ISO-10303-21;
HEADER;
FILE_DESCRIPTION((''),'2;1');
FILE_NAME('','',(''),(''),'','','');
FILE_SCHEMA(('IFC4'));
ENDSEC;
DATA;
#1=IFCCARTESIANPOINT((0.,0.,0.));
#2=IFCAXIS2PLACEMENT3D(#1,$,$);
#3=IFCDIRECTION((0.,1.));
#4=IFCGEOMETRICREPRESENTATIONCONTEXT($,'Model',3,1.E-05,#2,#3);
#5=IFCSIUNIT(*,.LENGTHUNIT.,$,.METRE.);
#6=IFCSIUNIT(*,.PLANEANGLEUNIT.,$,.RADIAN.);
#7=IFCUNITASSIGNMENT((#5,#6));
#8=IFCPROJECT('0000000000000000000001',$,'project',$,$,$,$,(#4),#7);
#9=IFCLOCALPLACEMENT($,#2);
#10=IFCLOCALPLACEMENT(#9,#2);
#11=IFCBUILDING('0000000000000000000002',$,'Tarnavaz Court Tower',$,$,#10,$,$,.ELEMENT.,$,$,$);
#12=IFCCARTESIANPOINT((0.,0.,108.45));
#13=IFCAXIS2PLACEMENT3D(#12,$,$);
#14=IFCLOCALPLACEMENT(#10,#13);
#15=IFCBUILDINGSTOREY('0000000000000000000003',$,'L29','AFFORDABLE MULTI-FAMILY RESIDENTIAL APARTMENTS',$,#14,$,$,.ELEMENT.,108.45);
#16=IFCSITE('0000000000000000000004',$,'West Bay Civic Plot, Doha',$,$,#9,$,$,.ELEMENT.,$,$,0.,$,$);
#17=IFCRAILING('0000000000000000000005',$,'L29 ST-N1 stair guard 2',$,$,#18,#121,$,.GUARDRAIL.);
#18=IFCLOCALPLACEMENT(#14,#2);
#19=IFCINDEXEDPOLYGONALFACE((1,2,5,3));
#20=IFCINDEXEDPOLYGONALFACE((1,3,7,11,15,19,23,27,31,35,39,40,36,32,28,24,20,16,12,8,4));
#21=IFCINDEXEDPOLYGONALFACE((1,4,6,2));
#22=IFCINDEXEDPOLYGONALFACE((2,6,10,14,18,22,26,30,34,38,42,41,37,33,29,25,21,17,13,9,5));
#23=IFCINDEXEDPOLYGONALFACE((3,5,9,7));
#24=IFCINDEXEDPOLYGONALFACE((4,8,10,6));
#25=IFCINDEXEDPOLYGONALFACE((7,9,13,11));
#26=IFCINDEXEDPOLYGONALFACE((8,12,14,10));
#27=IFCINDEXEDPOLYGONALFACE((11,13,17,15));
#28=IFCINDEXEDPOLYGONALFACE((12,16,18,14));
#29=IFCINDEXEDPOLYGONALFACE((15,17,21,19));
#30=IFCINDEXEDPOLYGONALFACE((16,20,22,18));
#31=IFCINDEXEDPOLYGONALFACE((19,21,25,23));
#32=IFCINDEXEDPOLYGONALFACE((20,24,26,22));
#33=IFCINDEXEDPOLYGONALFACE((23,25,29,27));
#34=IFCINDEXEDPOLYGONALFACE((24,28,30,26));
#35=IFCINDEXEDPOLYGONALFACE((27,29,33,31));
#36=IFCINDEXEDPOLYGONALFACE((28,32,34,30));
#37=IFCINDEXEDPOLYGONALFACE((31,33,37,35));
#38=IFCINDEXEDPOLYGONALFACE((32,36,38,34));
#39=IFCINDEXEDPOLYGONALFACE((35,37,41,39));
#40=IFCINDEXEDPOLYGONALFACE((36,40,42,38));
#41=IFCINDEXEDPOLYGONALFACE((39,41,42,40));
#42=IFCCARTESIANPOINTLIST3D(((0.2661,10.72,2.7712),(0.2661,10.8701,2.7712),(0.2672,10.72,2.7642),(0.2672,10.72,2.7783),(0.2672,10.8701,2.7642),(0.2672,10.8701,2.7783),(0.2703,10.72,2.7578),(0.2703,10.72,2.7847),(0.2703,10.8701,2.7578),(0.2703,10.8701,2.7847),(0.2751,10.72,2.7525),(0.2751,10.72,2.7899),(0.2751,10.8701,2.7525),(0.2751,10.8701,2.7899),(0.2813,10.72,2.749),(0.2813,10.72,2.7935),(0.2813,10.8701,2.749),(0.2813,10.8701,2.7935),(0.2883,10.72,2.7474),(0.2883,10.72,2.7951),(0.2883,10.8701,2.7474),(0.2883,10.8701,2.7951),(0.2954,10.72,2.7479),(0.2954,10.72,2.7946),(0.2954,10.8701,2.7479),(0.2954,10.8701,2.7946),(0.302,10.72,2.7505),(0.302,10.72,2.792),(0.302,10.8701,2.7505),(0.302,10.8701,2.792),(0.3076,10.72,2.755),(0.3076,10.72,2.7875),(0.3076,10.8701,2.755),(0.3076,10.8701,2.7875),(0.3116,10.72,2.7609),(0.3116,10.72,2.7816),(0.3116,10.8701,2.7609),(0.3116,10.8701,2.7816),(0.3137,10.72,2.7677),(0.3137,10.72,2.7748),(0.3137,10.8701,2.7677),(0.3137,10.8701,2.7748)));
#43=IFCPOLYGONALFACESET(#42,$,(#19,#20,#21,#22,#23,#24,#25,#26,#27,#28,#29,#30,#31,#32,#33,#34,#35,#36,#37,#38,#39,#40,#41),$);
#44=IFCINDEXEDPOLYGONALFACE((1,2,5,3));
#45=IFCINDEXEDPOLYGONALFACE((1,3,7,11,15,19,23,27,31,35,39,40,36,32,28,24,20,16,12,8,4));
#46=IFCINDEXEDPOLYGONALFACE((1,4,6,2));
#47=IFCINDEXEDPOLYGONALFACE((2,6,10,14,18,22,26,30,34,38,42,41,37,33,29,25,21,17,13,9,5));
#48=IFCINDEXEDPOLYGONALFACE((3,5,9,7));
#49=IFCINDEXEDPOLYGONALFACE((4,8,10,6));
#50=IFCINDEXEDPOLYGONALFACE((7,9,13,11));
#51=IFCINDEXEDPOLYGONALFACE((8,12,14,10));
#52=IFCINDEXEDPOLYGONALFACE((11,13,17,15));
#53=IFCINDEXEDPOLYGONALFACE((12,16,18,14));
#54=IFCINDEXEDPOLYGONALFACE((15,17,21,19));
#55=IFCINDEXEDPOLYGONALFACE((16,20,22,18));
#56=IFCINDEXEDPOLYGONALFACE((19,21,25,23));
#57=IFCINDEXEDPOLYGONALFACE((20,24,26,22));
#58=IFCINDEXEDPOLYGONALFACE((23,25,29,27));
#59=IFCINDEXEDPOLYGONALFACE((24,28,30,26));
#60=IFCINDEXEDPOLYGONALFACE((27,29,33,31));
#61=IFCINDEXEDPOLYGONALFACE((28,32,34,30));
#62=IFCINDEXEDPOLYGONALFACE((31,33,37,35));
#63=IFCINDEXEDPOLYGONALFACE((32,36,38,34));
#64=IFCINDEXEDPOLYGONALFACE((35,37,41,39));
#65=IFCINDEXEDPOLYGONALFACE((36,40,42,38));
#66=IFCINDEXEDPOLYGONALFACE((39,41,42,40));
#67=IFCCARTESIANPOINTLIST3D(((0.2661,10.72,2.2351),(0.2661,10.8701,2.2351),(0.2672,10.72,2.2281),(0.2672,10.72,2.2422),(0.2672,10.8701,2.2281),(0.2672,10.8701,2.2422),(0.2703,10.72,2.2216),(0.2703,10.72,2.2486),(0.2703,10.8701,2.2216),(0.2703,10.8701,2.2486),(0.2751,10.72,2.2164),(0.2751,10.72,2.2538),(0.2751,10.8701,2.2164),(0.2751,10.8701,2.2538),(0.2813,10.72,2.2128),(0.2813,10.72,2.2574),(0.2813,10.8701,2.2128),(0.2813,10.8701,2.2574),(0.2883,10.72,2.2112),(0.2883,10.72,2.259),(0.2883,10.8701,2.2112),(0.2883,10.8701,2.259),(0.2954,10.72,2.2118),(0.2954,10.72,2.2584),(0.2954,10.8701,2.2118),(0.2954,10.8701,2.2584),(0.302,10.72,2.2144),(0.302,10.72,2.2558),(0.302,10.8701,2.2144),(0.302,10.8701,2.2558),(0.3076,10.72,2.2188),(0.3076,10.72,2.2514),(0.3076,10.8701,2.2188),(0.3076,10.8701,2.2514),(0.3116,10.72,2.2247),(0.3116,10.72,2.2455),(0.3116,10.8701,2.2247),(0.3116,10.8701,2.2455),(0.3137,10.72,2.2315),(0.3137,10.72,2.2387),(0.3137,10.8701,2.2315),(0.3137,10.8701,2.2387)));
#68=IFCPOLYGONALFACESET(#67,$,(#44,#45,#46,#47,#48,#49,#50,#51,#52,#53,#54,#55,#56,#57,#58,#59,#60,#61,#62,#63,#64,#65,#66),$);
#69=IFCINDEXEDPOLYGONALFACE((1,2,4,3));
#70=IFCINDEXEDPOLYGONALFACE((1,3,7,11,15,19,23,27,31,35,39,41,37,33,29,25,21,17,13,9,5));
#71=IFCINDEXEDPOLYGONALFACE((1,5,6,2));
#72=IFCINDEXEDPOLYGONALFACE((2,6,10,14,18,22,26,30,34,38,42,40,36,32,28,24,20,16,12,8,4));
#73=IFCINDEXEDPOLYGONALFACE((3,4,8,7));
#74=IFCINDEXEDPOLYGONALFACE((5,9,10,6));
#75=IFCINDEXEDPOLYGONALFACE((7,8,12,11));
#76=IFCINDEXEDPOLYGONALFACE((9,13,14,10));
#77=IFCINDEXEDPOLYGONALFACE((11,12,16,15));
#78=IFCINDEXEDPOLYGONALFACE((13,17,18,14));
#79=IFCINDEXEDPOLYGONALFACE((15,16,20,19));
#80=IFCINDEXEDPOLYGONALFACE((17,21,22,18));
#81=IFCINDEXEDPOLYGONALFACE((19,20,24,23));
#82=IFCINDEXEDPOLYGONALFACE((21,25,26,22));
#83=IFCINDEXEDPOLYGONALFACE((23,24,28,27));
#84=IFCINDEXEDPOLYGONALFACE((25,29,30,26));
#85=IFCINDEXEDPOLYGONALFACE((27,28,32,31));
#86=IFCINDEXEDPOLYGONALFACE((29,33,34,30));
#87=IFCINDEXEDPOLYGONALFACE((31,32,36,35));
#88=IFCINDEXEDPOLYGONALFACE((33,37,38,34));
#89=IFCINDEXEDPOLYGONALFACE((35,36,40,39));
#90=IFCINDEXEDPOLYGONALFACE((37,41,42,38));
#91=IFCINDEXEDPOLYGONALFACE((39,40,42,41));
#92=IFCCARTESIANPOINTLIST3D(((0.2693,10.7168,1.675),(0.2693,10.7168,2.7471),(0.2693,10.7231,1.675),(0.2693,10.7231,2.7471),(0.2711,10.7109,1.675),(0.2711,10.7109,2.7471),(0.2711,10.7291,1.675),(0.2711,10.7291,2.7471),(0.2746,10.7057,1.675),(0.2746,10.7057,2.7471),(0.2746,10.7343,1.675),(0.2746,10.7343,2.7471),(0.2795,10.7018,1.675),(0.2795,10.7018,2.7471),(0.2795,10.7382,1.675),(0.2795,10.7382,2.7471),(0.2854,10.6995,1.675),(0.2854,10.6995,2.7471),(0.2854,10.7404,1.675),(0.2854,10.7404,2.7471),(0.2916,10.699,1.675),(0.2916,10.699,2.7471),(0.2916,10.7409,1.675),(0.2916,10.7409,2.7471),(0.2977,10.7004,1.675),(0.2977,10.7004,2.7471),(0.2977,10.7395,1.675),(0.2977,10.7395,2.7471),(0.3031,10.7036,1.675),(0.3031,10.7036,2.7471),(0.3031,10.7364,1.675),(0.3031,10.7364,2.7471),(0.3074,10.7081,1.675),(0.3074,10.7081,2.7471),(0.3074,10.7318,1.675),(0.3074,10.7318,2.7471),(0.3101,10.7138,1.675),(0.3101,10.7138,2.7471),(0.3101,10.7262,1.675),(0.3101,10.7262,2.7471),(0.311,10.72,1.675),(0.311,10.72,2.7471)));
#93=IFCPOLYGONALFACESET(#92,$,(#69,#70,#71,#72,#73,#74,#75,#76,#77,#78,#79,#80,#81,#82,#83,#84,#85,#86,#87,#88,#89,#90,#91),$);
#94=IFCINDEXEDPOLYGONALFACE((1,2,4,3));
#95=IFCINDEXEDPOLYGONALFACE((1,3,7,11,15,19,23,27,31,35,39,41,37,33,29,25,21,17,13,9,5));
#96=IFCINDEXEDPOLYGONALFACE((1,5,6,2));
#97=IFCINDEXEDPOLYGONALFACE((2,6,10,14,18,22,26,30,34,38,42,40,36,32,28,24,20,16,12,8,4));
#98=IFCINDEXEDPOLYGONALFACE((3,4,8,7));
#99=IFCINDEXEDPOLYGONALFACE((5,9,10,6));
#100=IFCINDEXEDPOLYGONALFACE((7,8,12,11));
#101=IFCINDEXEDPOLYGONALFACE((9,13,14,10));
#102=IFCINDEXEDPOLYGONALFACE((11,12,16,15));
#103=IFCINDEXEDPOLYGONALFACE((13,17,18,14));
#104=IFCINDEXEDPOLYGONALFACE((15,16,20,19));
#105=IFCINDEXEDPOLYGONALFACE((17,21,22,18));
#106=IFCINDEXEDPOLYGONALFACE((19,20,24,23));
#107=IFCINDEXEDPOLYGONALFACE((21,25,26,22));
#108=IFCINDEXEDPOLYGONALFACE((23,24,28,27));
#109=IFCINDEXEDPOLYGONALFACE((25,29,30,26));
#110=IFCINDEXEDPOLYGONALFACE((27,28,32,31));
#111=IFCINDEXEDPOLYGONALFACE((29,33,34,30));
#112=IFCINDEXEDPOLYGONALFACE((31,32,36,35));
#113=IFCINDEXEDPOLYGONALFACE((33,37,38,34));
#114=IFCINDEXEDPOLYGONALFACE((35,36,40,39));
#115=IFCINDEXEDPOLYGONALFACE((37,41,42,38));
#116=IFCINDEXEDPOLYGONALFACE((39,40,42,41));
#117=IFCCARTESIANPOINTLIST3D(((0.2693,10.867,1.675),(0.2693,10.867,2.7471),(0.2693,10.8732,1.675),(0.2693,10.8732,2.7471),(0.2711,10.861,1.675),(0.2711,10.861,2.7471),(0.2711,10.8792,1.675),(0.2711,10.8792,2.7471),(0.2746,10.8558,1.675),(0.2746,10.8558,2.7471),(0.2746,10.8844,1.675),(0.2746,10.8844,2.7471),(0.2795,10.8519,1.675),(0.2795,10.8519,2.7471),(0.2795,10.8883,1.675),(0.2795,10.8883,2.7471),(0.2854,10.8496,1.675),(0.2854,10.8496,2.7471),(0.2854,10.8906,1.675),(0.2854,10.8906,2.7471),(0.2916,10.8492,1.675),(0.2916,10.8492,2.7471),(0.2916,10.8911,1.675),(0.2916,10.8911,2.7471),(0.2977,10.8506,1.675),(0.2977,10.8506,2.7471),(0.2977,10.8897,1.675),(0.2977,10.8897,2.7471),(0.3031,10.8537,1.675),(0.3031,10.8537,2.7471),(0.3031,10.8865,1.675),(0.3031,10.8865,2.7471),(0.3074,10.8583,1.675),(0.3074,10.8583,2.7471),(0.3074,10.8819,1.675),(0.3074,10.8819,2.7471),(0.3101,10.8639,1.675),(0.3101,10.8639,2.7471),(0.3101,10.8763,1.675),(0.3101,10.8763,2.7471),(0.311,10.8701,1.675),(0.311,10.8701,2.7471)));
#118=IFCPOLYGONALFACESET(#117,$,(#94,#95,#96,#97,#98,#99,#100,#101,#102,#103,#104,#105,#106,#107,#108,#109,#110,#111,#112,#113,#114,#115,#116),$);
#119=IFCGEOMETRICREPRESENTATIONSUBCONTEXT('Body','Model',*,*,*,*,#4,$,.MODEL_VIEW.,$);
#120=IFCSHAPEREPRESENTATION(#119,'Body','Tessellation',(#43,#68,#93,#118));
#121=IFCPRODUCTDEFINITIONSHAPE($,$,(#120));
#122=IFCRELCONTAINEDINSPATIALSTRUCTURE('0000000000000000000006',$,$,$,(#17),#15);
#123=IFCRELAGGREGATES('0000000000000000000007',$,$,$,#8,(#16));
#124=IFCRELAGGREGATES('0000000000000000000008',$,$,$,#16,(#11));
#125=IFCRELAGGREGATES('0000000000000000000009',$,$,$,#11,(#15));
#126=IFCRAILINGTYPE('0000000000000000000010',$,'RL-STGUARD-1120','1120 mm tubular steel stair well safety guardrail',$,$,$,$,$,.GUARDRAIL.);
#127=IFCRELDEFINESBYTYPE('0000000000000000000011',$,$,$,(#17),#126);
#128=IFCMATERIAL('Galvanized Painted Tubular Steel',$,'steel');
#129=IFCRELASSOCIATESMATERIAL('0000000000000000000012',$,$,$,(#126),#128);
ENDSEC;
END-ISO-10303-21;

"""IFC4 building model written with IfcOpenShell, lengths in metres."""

from ifc_helpers import new_model, si_unit, direction, frame, origin, origin_2d, place, context, subcontext, project, spatial, circle, extrude, material, type_object, element, save


model = new_model("IFC4")

# Units and contexts
model_context = context("Model", 3, precision=1e-05, world=origin(), true_north=direction((0.0, 1.0)))
body_context = subcontext(model_context, "Body", "Model", "MODEL_VIEW")
ifc_project = project(units=[si_unit("LENGTHUNIT", "METRE"), si_unit("PLANEANGLEUNIT", "RADIAN")], contexts=[model_context])

# Site, building, storey
site_placement = place(None, origin())
site = spatial("IfcSite", under=ifc_project, at=site_placement, Name="West Bay Civic Plot, Doha", CompositionType="ELEMENT", RefElevation=0.0)
building_placement = place(site_placement, origin())
building = spatial("IfcBuilding", under=site, at=building_placement, Name="Tarnavaz Court Tower", CompositionType="ELEMENT")
storey_placement = place(building_placement, frame((0.0, 0.0, 108.45)))
storey = spatial("IfcBuildingStorey", under=building, at=storey_placement, Name="L29", Description="AFFORDABLE MULTI-FAMILY RESIDENTIAL APARTMENTS", CompositionType="ELEMENT", Elevation=108.45)

# Railing
ifc_material_1 = material(Name="Galvanized Painted Tubular Steel", Category="steel")
railing_type_1 = type_object("IfcRailingType", Name="RL-STGUARD-1120", Description="1120 mm tubular steel stair well safety guardrail", PredefinedType="GUARDRAIL", material=ifc_material_1)
railing_1_placement = place(storey_placement, frame((0.29, 10.72, 1.675)))
element("IfcRailing", 1, at=railing_1_placement, inside=storey, type_object=railing_type_1, Name="L29 ST-N1 stair guard 2", PredefinedType="GUARDRAIL", context=body_context, shape_type="SweptSolid", body=[
    extrude(circle(Radius=0.0239, at=origin_2d()), frame((0.0, 0.0, 1.0962), z_axis=(0.0, 1.0, 0.0), x_axis=(-1.0, 0.0, 0.0)), (0.0, 0.0, 1.0), 0.1501),
    extrude(circle(Radius=0.0239, at=origin_2d()), frame((0.0, 0.0, 0.5601), z_axis=(0.0, 1.0, 0.0), x_axis=(-1.0, 0.0, 0.0)), (0.0, 0.0, 1.0), 0.1501),
    extrude(circle(Radius=0.021, at=origin_2d()), origin(), (0.0, 0.0, 1.0), 1.072),
    extrude(circle(Radius=0.021, at=origin_2d()), frame((0.0, 0.1501, 0.0)), (0.0, 0.0, 1.0), 1.072),
])

save(model, "model.ifc")
